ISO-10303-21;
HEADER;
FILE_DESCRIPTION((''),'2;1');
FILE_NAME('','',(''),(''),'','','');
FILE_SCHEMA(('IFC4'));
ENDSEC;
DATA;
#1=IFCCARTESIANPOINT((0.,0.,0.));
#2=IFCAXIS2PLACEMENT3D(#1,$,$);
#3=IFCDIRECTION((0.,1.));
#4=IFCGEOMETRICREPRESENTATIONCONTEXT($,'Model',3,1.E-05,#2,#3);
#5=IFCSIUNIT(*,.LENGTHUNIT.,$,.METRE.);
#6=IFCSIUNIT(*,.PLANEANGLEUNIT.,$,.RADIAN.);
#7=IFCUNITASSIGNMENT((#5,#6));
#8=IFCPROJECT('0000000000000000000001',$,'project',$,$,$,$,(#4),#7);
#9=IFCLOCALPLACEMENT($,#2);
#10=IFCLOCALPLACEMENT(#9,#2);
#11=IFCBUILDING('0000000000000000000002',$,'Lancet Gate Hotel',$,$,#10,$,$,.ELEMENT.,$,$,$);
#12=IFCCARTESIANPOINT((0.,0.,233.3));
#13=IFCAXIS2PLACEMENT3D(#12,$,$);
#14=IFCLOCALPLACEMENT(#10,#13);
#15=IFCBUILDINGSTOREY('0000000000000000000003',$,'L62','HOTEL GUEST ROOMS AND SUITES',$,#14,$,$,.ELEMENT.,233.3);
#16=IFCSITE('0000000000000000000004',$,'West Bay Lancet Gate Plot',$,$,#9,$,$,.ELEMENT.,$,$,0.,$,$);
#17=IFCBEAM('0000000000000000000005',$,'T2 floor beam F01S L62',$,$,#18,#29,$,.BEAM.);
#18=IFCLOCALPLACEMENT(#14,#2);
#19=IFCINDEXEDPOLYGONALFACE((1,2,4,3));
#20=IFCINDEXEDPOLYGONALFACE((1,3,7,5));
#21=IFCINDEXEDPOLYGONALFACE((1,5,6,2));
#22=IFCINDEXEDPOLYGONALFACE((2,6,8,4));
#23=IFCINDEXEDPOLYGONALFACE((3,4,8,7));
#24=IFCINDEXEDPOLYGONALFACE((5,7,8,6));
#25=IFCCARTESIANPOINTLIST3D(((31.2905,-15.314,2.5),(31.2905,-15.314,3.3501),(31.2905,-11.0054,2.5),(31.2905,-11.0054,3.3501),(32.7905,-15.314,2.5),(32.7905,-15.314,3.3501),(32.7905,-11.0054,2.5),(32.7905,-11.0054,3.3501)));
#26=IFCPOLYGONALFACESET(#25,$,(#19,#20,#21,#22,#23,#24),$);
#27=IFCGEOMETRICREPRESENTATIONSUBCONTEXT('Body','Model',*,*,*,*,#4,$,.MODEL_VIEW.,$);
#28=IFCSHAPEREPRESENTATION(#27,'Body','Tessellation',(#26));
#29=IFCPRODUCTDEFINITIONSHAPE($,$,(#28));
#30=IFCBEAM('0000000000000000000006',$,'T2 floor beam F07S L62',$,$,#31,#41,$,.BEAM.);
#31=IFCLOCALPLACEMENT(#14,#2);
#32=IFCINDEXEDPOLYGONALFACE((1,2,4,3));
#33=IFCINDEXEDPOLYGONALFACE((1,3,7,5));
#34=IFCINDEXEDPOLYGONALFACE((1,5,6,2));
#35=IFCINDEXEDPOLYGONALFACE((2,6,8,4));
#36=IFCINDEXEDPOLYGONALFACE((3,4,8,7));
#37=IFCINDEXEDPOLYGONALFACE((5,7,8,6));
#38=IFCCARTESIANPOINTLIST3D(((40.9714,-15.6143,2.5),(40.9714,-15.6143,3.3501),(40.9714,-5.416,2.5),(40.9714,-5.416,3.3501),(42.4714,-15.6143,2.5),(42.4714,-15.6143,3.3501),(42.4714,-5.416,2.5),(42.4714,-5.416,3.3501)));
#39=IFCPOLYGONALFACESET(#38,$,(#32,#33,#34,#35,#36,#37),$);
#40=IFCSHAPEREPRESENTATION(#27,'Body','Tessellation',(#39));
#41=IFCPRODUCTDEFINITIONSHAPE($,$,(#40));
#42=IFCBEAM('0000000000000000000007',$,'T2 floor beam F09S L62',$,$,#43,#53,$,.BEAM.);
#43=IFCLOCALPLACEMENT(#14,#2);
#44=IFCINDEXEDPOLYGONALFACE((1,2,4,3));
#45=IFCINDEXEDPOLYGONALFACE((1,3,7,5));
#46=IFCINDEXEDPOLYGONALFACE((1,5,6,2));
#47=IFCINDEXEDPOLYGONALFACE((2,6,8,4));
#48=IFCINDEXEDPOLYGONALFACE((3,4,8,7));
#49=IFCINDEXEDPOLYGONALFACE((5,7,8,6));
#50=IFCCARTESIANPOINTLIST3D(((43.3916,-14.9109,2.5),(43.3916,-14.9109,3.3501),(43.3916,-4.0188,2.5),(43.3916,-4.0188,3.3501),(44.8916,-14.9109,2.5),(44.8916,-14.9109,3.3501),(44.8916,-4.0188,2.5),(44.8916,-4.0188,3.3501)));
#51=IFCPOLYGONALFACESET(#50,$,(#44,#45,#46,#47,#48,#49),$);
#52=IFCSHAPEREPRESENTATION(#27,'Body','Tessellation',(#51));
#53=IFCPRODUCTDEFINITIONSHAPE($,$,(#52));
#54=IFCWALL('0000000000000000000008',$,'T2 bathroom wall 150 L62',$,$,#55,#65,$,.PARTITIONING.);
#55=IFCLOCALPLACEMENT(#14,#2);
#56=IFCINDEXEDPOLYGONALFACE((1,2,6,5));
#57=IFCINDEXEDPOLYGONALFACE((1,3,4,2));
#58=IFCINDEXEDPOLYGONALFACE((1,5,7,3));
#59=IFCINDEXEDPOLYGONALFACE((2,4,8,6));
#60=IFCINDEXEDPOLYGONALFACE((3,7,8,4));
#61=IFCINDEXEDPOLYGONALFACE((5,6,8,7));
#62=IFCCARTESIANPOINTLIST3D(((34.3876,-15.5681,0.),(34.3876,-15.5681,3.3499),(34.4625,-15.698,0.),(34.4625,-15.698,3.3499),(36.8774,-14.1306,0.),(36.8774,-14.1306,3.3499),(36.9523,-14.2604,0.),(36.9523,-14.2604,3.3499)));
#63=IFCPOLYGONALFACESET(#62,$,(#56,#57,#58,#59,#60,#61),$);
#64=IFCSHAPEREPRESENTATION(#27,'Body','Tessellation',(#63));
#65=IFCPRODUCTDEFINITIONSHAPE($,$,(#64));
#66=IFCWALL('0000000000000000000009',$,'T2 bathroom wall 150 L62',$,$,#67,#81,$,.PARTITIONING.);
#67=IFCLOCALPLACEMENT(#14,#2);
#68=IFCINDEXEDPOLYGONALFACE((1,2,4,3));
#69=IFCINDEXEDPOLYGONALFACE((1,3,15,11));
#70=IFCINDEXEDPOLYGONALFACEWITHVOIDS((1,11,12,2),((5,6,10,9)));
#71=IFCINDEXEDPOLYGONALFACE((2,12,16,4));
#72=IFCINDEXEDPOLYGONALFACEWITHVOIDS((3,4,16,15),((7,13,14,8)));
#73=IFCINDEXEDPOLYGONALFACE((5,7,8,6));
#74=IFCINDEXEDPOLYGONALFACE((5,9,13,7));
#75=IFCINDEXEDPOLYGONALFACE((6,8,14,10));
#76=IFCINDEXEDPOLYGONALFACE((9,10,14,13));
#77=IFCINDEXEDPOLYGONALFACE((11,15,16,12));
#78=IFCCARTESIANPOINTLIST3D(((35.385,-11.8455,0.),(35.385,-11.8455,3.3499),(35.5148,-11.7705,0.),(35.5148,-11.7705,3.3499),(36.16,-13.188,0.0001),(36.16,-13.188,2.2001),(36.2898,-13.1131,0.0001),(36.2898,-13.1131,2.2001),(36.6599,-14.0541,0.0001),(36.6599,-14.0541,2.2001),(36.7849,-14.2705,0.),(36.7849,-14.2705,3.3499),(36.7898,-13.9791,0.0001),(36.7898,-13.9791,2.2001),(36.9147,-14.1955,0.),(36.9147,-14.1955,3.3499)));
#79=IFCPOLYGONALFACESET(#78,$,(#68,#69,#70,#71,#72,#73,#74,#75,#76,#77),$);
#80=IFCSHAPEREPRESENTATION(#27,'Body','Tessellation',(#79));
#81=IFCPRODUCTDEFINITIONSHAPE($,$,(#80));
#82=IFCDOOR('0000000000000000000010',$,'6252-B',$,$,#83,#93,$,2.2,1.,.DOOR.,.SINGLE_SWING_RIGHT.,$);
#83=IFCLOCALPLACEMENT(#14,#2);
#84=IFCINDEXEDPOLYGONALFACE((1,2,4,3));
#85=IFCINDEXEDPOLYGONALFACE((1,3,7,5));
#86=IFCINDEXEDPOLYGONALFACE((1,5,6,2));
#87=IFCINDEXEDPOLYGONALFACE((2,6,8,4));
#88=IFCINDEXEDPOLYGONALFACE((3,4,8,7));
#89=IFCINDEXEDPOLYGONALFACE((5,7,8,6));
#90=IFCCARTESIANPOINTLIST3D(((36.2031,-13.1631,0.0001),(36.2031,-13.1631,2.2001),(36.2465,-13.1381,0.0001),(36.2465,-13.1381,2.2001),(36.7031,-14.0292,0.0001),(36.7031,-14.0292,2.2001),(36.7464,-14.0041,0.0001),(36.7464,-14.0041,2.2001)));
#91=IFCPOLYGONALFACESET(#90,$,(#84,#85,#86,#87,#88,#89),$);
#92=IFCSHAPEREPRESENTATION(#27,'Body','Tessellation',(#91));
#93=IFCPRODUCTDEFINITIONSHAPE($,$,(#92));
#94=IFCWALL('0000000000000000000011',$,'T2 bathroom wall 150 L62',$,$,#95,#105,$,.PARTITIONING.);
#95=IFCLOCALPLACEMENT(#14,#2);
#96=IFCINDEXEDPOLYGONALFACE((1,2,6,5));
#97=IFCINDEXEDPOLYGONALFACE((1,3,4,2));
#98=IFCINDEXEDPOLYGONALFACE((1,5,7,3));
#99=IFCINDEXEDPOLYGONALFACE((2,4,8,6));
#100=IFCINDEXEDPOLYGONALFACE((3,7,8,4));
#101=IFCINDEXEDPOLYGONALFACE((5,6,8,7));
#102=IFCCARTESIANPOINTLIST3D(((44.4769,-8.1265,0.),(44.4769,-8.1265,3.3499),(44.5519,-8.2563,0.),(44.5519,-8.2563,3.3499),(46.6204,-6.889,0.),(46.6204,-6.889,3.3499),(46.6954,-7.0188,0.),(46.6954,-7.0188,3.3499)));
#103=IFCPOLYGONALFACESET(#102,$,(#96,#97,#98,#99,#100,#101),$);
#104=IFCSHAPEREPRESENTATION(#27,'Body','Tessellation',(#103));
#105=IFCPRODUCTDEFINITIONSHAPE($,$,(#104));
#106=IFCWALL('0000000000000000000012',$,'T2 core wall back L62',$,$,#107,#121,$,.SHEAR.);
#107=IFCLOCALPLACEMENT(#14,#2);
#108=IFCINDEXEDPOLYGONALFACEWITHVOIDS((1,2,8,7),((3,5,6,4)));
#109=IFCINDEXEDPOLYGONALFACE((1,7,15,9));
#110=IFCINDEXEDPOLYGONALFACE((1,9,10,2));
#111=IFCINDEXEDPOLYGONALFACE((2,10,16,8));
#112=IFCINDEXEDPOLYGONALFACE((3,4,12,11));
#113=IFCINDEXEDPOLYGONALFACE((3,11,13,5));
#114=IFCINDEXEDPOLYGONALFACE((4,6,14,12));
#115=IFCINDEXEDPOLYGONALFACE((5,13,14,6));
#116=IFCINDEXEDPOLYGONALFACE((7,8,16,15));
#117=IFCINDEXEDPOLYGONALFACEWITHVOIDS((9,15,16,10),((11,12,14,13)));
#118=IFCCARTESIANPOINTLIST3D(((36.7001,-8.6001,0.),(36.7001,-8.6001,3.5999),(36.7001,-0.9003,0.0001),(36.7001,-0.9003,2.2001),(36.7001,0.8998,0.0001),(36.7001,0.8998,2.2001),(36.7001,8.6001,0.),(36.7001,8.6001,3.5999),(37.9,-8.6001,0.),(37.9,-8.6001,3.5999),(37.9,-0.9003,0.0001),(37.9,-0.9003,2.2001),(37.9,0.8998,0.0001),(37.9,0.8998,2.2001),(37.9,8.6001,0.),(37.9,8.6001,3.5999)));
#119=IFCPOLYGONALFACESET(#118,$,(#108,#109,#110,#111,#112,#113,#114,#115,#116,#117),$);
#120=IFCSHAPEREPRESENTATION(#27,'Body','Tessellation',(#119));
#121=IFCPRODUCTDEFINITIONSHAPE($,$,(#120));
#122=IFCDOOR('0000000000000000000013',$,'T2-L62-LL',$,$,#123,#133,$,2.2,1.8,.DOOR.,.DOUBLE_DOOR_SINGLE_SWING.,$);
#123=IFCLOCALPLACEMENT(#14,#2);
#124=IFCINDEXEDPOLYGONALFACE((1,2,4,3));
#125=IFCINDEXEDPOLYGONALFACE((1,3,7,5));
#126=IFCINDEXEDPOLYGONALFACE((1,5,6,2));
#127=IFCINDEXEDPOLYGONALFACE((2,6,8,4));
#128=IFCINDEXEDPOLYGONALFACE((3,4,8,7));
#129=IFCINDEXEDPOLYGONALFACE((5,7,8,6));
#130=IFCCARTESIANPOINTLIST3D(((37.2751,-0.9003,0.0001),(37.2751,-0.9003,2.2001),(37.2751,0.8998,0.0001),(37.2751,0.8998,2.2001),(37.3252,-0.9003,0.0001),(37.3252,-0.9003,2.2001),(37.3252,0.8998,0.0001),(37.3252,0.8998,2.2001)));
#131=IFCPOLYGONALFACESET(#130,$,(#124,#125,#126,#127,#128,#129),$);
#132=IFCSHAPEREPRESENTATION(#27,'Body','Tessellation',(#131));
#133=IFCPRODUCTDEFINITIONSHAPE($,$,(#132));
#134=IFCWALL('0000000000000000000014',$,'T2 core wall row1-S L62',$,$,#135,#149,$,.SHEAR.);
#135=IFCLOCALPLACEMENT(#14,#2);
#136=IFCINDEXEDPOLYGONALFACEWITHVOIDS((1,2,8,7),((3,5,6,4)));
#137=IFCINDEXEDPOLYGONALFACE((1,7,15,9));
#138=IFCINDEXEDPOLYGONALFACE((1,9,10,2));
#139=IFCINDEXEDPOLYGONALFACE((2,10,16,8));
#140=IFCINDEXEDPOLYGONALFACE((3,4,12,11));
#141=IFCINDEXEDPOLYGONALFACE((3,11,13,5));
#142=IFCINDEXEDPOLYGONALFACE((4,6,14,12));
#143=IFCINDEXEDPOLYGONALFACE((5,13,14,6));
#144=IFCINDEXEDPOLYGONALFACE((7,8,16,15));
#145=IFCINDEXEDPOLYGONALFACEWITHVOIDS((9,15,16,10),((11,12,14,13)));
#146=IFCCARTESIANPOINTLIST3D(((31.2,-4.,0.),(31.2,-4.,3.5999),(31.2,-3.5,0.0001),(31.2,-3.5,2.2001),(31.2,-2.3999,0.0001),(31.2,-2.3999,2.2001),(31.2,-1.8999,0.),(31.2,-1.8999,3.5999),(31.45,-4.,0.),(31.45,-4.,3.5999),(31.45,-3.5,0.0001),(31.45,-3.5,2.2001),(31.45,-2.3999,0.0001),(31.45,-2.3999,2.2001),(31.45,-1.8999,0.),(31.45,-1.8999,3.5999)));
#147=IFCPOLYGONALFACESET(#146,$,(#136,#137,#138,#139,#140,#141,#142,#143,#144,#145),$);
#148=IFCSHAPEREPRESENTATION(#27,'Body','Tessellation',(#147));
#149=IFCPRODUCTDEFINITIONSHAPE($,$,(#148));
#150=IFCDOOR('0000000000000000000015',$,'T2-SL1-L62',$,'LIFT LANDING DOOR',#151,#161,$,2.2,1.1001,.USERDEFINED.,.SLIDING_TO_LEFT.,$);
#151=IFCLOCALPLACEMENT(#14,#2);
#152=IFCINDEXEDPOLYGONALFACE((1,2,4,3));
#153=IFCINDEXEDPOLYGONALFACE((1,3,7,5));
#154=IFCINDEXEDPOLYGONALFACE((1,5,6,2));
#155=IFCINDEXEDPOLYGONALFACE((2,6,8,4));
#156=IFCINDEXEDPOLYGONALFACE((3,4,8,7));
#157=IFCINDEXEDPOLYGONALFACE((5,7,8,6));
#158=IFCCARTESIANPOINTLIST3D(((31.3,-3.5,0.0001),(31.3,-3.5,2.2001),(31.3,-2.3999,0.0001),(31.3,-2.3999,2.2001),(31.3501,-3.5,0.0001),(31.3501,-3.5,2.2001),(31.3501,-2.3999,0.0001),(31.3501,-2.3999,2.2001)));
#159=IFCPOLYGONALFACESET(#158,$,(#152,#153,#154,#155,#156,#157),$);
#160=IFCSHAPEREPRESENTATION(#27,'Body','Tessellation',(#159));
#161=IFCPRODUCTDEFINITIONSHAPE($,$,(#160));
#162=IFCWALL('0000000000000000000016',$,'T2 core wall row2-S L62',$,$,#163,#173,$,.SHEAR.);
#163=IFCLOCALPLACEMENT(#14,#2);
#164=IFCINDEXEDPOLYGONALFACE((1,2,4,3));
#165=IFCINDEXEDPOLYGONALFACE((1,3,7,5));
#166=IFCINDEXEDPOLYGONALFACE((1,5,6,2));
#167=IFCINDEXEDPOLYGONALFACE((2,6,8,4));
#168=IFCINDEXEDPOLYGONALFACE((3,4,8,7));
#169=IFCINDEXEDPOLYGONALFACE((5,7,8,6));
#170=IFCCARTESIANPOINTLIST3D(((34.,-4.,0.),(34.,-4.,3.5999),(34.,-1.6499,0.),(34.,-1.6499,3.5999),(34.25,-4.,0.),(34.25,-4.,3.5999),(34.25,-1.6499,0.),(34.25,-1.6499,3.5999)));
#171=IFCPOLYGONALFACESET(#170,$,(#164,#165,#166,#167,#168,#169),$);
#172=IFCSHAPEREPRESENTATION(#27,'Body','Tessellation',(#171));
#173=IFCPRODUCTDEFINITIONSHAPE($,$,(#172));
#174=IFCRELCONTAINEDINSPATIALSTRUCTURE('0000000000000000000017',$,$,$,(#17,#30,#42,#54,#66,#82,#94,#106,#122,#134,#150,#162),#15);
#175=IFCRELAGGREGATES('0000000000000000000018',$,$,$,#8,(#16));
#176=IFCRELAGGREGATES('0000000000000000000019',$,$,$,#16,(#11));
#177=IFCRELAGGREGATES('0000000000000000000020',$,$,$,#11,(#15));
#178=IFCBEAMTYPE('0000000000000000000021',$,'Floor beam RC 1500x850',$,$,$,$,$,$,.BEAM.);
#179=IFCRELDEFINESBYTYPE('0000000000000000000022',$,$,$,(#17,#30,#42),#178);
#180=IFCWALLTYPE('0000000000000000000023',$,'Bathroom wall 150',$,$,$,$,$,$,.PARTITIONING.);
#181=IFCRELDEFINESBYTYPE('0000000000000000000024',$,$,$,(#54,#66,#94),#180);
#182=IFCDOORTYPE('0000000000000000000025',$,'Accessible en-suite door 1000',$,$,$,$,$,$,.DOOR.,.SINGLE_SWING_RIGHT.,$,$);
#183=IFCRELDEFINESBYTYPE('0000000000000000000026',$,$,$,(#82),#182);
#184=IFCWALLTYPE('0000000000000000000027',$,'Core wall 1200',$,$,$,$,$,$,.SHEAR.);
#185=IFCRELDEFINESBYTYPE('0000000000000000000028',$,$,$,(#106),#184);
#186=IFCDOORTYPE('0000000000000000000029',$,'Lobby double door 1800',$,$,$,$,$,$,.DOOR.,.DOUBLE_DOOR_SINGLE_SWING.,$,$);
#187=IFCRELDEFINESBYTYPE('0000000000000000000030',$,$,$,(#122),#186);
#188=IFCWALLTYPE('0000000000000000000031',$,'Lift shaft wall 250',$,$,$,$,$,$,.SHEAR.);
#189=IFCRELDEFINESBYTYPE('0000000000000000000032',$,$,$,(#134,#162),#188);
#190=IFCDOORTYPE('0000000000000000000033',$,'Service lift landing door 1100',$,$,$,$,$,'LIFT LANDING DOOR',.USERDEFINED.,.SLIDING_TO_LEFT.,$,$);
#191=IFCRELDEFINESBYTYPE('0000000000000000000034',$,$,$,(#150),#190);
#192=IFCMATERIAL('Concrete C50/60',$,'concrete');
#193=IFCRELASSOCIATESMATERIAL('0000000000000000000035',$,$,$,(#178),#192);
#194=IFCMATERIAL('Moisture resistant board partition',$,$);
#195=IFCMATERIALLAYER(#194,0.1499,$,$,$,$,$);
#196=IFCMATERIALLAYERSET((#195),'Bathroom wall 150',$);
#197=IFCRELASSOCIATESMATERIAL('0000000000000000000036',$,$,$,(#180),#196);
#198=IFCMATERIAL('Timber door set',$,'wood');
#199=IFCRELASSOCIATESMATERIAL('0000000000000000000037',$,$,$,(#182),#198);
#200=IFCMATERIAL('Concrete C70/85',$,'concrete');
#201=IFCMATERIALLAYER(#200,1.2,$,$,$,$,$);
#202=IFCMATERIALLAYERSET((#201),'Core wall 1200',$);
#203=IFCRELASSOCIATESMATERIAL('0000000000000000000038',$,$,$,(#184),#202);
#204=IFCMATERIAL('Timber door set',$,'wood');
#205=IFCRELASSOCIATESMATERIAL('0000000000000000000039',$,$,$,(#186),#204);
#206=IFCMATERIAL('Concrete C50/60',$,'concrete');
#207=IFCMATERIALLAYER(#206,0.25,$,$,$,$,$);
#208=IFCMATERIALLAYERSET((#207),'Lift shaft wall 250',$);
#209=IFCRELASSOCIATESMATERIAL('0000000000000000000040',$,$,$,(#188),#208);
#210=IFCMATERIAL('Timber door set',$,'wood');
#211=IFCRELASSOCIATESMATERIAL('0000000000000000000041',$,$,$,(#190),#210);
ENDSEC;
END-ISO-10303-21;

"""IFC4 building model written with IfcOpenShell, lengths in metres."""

from ifc_helpers import new_model, si_unit, direction, frame, frame_2d, origin, origin_2d, place, context, subcontext, project, spatial, rectangle, extrude, material, layer, layer_set, material_profile, profile_set, type_object, element, fill, save


model = new_model("IFC4")

# Units and contexts
model_context = context("Model", 3, precision=1e-05, world=origin(), true_north=direction((0.0, 1.0)))
body_context = subcontext(model_context, "Body", "Model", "MODEL_VIEW")
ifc_project = project(units=[si_unit("LENGTHUNIT", "METRE"), si_unit("PLANEANGLEUNIT", "RADIAN")], contexts=[model_context])

# Site, building, storey
site_placement = place(None, origin())
site = spatial("IfcSite", under=ifc_project, at=site_placement, Name="West Bay Lancet Gate Plot", CompositionType="ELEMENT", RefElevation=0.0)
building_placement = place(site_placement, origin())
building = spatial("IfcBuilding", under=site, at=building_placement, Name="Lancet Gate Hotel", CompositionType="ELEMENT")
storey_placement = place(building_placement, frame((0.0, 0.0, 233.3)))
storey = spatial("IfcBuildingStorey", under=building, at=storey_placement, Name="L62", Description="HOTEL GUEST ROOMS AND SUITES", CompositionType="ELEMENT", Elevation=233.3)

# Beams
ifc_material_1 = material(Name="Concrete C50/60", Category="concrete")
ifc_material_profile = material_profile(ifc_material_1, rectangle(XDim=1.5, YDim=0.8501, at=origin_2d()), Name="RC 1500x850")
ifc_profile_set = profile_set([ifc_material_profile], Name="Concrete C50/60")
beam_type = type_object("IfcBeamType", Name="Floor beam RC 1500x850", PredefinedType="BEAM", material=ifc_profile_set)
beam_1_placement = place(storey_placement, frame((32.0405, -15.314, 2.925), z_axis=(0.0, 1.0, 0.0), x_axis=(-1.0, 0.0, 0.0)))
element("IfcBeam", 1, at=beam_1_placement, inside=storey, type_object=beam_type, Name="T2 floor beam F01S L62", PredefinedType="BEAM", context=body_context, shape_type="SweptSolid", body=[
    extrude(rectangle(XDim=1.5, YDim=0.8501, at=origin_2d()), origin(), (0.0, 0.0, 1.0), 4.3086),
])
beam_2_placement = place(storey_placement, frame((41.7214, -15.6143, 2.925), z_axis=(0.0, 1.0, 0.0), x_axis=(-1.0, 0.0, 0.0)))
element("IfcBeam", 2, at=beam_2_placement, inside=storey, type_object=beam_type, Name="T2 floor beam F07S L62", PredefinedType="BEAM", context=body_context, shape_type="SweptSolid", body=[
    extrude(rectangle(XDim=1.5, YDim=0.8501, at=origin_2d()), origin(), (0.0, 0.0, 1.0), 10.1982),
])
beam_3_placement = place(storey_placement, frame((44.1416, -14.9109, 2.925), z_axis=(0.0, 1.0, 0.0), x_axis=(-1.0, 0.0, 0.0)))
element("IfcBeam", 3, at=beam_3_placement, inside=storey, type_object=beam_type, Name="T2 floor beam F09S L62", PredefinedType="BEAM", context=body_context, shape_type="SweptSolid", body=[
    extrude(rectangle(XDim=1.5, YDim=0.8501, at=origin_2d()), origin(), (0.0, 0.0, 1.0), 10.8921),
])

# Wall
ifc_material_2 = material(Name="Moisture resistant board partition")
ifc_layer_1 = layer(ifc_material_2, 0.1499)
ifc_layer_set_1 = layer_set([ifc_layer_1], Name="Bathroom wall 150")
wall_type_1 = type_object("IfcWallType", Name="Bathroom wall 150", PredefinedType="PARTITIONING", material=ifc_layer_set_1)
wall_1_placement = place(storey_placement, frame((34.425, -15.6331, 0.0), z_axis=(0.0, 0.0, 1.0), x_axis=(0.866019, 0.500012, 0.0)))
element("IfcWall", 4, at=wall_1_placement, inside=storey, type_object=wall_type_1, Name="T2 bathroom wall 150 L62", PredefinedType="PARTITIONING", context=body_context, shape_type="SweptSolid", body=[
    extrude(rectangle(XDim=2.875, YDim=0.1499, at=frame_2d((1.4375, 0.0))), origin(), (0.0, 0.0, 1.0), 3.3499),
])

# Wall, opening, door
wall_2_placement = place(storey_placement, frame((35.45, -11.8081, 0.0), z_axis=(0.0, 0.0, 1.0), x_axis=(0.499946, -0.866056, 0.0)))
wall_2 = element("IfcWall", 5, at=wall_2_placement, inside=storey, type_object=wall_type_1, Name="T2 bathroom wall 150 L62", PredefinedType="PARTITIONING", context=body_context, shape_type="SweptSolid", body=[
    extrude(rectangle(XDim=2.8, YDim=0.1499, at=frame_2d((1.3999, 0.0))), origin(), (0.0, 0.0, 1.0), 3.3499),
])
opening_1_placement = place(wall_2_placement, frame((1.55, 0.0, 0.0)))
opening_1 = element("IfcOpeningElement", 6, at=opening_1_placement, cuts=wall_2, PredefinedType="OPENING", context=body_context, shape_type="SweptSolid", body=[
    extrude(rectangle(XDim=1.0, YDim=2.2, at=frame_2d((0.5, 1.1001))), frame((0.0, 0.085, 0.0), z_axis=(0.0, -1.0, 0.0), x_axis=(1.0, 0.0, 0.0)), (0.0, 0.0, 1.0), 0.1699),
])
ifc_material_3 = material(Name="Timber door set", Category="wood")
door_type_1 = type_object("IfcDoorType", Name="Accessible en-suite door 1000", OperationType="SINGLE_SWING_RIGHT", PredefinedType="DOOR", material=ifc_material_3)
door_1_placement = place(opening_1_placement, origin())
door_1 = element("IfcDoor", 7, at=door_1_placement, inside=storey, type_object=door_type_1, Name="6252-B", OperationType="SINGLE_SWING_RIGHT", OverallHeight=2.2, OverallWidth=1.0, PredefinedType="DOOR", context=body_context, shape_type="SweptSolid", body=[
    extrude(rectangle(XDim=1.0, YDim=2.2, at=frame_2d((0.5, 1.1001))), frame((0.0, 0.0249, 0.0), z_axis=(0.0, -1.0, 0.0), x_axis=(1.0, 0.0, 0.0)), (0.0, 0.0, 1.0), 0.05),
])
fill(opening_1, door_1)

# Wall
wall_3_placement = place(storey_placement, frame((44.5144, -8.1914, 0.0), z_axis=(0.0, 0.0, 1.0), x_axis=(0.866031, 0.49999, 0.0)))
element("IfcWall", 8, at=wall_3_placement, inside=storey, type_object=wall_type_1, Name="T2 bathroom wall 150 L62", PredefinedType="PARTITIONING", context=body_context, shape_type="SweptSolid", body=[
    extrude(rectangle(XDim=2.4751, YDim=0.1499, at=frame_2d((1.2375, 0.0))), origin(), (0.0, 0.0, 1.0), 3.3499),
])

# Walls, openings, doors
ifc_material_4 = material(Name="Concrete C70/85", Category="concrete")
ifc_layer_2 = layer(ifc_material_4, 1.2)
ifc_layer_set_2 = layer_set([ifc_layer_2], Name="Core wall 1200")
wall_type_2 = type_object("IfcWallType", Name="Core wall 1200", PredefinedType="SHEAR", material=ifc_layer_set_2)
wall_4_placement = place(storey_placement, frame((37.3, -8.6001, 0.0), z_axis=(0.0, 0.0, 1.0), x_axis=(0.0, 1.0, 0.0)))
wall_4 = element("IfcWall", 9, at=wall_4_placement, inside=storey, type_object=wall_type_2, Name="T2 core wall back L62", PredefinedType="SHEAR", context=body_context, shape_type="SweptSolid", body=[
    extrude(rectangle(XDim=17.2002, YDim=1.2, at=frame_2d((8.6001, 0.0))), origin(), (0.0, 0.0, 1.0), 3.5999),
])
opening_2_placement = place(wall_4_placement, frame((7.7, 0.0, 0.0)))
opening_2 = element("IfcOpeningElement", 10, at=opening_2_placement, cuts=wall_4, PredefinedType="OPENING", context=body_context, shape_type="SweptSolid", body=[
    extrude(rectangle(XDim=1.8, YDim=2.2, at=frame_2d((0.8999, 1.1001))), frame((0.0, 0.6099, 0.0), z_axis=(0.0, -1.0, 0.0), x_axis=(1.0, 0.0, 0.0)), (0.0, 0.0, 1.0), 1.22),
])
ifc_material_5 = material(Name="Timber door set", Category="wood")
door_type_2 = type_object("IfcDoorType", Name="Lobby double door 1800", OperationType="DOUBLE_DOOR_SINGLE_SWING", PredefinedType="DOOR", material=ifc_material_5)
door_2_placement = place(opening_2_placement, origin())
door_2 = element("IfcDoor", 11, at=door_2_placement, inside=storey, type_object=door_type_2, Name="T2-L62-LL", OperationType="DOUBLE_DOOR_SINGLE_SWING", OverallHeight=2.2, OverallWidth=1.8, PredefinedType="DOOR", context=body_context, shape_type="SweptSolid", body=[
    extrude(rectangle(XDim=1.8, YDim=2.2, at=frame_2d((0.8999, 1.1001))), frame((0.0, 0.0249, 0.0), z_axis=(0.0, -1.0, 0.0), x_axis=(1.0, 0.0, 0.0)), (0.0, 0.0, 1.0), 0.05),
])
fill(opening_2, door_2)
ifc_material_6 = material(Name="Concrete C50/60", Category="concrete")
ifc_layer_3 = layer(ifc_material_6, 0.25)
ifc_layer_set_3 = layer_set([ifc_layer_3], Name="Lift shaft wall 250")
wall_type_3 = type_object("IfcWallType", Name="Lift shaft wall 250", PredefinedType="SHEAR", material=ifc_layer_set_3)
wall_5_placement = place(storey_placement, frame((31.325, -4.0, 0.0), z_axis=(0.0, 0.0, 1.0), x_axis=(0.0, 1.0, 0.0)))
wall_5 = element("IfcWall", 12, at=wall_5_placement, inside=storey, type_object=wall_type_3, Name="T2 core wall row1-S L62", PredefinedType="SHEAR", context=body_context, shape_type="SweptSolid", body=[
    extrude(rectangle(XDim=2.1001, YDim=0.25, at=frame_2d((1.05, 0.0))), origin(), (0.0, 0.0, 1.0), 3.5999),
])
opening_3_placement = place(wall_5_placement, frame((0.5, 0.0, 0.0)))
opening_3 = element("IfcOpeningElement", 13, at=opening_3_placement, cuts=wall_5, PredefinedType="OPENING", context=body_context, shape_type="SweptSolid", body=[
    extrude(rectangle(XDim=1.1001, YDim=2.2, at=frame_2d((0.55, 1.1001))), frame((0.0, 0.135, 0.0), z_axis=(0.0, -1.0, 0.0), x_axis=(1.0, 0.0, 0.0)), (0.0, 0.0, 1.0), 0.27),
])
ifc_material_7 = material(Name="Timber door set", Category="wood")
door_type_3 = type_object("IfcDoorType", Name="Service lift landing door 1100", ElementType="LIFT LANDING DOOR", OperationType="SLIDING_TO_LEFT", PredefinedType="USERDEFINED", material=ifc_material_7)
door_3_placement = place(opening_3_placement, origin())
door_3 = element("IfcDoor", 14, at=door_3_placement, inside=storey, type_object=door_type_3, Name="T2-SL1-L62", ObjectType="LIFT LANDING DOOR", OperationType="SLIDING_TO_LEFT", OverallHeight=2.2, OverallWidth=1.1001, PredefinedType="USERDEFINED", context=body_context, shape_type="SweptSolid", body=[
    extrude(rectangle(XDim=1.1001, YDim=2.2, at=frame_2d((0.55, 1.1001))), frame((0.0, 0.0249, 0.0), z_axis=(0.0, -1.0, 0.0), x_axis=(1.0, 0.0, 0.0)), (0.0, 0.0, 1.0), 0.05),
])
fill(opening_3, door_3)

# Wall
wall_6_placement = place(storey_placement, frame((34.125, -4.0, 0.0), z_axis=(0.0, 0.0, 1.0), x_axis=(0.0, 1.0, 0.0)))
element("IfcWall", 15, at=wall_6_placement, inside=storey, type_object=wall_type_3, Name="T2 core wall row2-S L62", PredefinedType="SHEAR", context=body_context, shape_type="SweptSolid", body=[
    extrude(rectangle(XDim=2.3501, YDim=0.25, at=frame_2d((1.175, 0.0))), origin(), (0.0, 0.0, 1.0), 3.5999),
])

save(model, "model.ifc")
